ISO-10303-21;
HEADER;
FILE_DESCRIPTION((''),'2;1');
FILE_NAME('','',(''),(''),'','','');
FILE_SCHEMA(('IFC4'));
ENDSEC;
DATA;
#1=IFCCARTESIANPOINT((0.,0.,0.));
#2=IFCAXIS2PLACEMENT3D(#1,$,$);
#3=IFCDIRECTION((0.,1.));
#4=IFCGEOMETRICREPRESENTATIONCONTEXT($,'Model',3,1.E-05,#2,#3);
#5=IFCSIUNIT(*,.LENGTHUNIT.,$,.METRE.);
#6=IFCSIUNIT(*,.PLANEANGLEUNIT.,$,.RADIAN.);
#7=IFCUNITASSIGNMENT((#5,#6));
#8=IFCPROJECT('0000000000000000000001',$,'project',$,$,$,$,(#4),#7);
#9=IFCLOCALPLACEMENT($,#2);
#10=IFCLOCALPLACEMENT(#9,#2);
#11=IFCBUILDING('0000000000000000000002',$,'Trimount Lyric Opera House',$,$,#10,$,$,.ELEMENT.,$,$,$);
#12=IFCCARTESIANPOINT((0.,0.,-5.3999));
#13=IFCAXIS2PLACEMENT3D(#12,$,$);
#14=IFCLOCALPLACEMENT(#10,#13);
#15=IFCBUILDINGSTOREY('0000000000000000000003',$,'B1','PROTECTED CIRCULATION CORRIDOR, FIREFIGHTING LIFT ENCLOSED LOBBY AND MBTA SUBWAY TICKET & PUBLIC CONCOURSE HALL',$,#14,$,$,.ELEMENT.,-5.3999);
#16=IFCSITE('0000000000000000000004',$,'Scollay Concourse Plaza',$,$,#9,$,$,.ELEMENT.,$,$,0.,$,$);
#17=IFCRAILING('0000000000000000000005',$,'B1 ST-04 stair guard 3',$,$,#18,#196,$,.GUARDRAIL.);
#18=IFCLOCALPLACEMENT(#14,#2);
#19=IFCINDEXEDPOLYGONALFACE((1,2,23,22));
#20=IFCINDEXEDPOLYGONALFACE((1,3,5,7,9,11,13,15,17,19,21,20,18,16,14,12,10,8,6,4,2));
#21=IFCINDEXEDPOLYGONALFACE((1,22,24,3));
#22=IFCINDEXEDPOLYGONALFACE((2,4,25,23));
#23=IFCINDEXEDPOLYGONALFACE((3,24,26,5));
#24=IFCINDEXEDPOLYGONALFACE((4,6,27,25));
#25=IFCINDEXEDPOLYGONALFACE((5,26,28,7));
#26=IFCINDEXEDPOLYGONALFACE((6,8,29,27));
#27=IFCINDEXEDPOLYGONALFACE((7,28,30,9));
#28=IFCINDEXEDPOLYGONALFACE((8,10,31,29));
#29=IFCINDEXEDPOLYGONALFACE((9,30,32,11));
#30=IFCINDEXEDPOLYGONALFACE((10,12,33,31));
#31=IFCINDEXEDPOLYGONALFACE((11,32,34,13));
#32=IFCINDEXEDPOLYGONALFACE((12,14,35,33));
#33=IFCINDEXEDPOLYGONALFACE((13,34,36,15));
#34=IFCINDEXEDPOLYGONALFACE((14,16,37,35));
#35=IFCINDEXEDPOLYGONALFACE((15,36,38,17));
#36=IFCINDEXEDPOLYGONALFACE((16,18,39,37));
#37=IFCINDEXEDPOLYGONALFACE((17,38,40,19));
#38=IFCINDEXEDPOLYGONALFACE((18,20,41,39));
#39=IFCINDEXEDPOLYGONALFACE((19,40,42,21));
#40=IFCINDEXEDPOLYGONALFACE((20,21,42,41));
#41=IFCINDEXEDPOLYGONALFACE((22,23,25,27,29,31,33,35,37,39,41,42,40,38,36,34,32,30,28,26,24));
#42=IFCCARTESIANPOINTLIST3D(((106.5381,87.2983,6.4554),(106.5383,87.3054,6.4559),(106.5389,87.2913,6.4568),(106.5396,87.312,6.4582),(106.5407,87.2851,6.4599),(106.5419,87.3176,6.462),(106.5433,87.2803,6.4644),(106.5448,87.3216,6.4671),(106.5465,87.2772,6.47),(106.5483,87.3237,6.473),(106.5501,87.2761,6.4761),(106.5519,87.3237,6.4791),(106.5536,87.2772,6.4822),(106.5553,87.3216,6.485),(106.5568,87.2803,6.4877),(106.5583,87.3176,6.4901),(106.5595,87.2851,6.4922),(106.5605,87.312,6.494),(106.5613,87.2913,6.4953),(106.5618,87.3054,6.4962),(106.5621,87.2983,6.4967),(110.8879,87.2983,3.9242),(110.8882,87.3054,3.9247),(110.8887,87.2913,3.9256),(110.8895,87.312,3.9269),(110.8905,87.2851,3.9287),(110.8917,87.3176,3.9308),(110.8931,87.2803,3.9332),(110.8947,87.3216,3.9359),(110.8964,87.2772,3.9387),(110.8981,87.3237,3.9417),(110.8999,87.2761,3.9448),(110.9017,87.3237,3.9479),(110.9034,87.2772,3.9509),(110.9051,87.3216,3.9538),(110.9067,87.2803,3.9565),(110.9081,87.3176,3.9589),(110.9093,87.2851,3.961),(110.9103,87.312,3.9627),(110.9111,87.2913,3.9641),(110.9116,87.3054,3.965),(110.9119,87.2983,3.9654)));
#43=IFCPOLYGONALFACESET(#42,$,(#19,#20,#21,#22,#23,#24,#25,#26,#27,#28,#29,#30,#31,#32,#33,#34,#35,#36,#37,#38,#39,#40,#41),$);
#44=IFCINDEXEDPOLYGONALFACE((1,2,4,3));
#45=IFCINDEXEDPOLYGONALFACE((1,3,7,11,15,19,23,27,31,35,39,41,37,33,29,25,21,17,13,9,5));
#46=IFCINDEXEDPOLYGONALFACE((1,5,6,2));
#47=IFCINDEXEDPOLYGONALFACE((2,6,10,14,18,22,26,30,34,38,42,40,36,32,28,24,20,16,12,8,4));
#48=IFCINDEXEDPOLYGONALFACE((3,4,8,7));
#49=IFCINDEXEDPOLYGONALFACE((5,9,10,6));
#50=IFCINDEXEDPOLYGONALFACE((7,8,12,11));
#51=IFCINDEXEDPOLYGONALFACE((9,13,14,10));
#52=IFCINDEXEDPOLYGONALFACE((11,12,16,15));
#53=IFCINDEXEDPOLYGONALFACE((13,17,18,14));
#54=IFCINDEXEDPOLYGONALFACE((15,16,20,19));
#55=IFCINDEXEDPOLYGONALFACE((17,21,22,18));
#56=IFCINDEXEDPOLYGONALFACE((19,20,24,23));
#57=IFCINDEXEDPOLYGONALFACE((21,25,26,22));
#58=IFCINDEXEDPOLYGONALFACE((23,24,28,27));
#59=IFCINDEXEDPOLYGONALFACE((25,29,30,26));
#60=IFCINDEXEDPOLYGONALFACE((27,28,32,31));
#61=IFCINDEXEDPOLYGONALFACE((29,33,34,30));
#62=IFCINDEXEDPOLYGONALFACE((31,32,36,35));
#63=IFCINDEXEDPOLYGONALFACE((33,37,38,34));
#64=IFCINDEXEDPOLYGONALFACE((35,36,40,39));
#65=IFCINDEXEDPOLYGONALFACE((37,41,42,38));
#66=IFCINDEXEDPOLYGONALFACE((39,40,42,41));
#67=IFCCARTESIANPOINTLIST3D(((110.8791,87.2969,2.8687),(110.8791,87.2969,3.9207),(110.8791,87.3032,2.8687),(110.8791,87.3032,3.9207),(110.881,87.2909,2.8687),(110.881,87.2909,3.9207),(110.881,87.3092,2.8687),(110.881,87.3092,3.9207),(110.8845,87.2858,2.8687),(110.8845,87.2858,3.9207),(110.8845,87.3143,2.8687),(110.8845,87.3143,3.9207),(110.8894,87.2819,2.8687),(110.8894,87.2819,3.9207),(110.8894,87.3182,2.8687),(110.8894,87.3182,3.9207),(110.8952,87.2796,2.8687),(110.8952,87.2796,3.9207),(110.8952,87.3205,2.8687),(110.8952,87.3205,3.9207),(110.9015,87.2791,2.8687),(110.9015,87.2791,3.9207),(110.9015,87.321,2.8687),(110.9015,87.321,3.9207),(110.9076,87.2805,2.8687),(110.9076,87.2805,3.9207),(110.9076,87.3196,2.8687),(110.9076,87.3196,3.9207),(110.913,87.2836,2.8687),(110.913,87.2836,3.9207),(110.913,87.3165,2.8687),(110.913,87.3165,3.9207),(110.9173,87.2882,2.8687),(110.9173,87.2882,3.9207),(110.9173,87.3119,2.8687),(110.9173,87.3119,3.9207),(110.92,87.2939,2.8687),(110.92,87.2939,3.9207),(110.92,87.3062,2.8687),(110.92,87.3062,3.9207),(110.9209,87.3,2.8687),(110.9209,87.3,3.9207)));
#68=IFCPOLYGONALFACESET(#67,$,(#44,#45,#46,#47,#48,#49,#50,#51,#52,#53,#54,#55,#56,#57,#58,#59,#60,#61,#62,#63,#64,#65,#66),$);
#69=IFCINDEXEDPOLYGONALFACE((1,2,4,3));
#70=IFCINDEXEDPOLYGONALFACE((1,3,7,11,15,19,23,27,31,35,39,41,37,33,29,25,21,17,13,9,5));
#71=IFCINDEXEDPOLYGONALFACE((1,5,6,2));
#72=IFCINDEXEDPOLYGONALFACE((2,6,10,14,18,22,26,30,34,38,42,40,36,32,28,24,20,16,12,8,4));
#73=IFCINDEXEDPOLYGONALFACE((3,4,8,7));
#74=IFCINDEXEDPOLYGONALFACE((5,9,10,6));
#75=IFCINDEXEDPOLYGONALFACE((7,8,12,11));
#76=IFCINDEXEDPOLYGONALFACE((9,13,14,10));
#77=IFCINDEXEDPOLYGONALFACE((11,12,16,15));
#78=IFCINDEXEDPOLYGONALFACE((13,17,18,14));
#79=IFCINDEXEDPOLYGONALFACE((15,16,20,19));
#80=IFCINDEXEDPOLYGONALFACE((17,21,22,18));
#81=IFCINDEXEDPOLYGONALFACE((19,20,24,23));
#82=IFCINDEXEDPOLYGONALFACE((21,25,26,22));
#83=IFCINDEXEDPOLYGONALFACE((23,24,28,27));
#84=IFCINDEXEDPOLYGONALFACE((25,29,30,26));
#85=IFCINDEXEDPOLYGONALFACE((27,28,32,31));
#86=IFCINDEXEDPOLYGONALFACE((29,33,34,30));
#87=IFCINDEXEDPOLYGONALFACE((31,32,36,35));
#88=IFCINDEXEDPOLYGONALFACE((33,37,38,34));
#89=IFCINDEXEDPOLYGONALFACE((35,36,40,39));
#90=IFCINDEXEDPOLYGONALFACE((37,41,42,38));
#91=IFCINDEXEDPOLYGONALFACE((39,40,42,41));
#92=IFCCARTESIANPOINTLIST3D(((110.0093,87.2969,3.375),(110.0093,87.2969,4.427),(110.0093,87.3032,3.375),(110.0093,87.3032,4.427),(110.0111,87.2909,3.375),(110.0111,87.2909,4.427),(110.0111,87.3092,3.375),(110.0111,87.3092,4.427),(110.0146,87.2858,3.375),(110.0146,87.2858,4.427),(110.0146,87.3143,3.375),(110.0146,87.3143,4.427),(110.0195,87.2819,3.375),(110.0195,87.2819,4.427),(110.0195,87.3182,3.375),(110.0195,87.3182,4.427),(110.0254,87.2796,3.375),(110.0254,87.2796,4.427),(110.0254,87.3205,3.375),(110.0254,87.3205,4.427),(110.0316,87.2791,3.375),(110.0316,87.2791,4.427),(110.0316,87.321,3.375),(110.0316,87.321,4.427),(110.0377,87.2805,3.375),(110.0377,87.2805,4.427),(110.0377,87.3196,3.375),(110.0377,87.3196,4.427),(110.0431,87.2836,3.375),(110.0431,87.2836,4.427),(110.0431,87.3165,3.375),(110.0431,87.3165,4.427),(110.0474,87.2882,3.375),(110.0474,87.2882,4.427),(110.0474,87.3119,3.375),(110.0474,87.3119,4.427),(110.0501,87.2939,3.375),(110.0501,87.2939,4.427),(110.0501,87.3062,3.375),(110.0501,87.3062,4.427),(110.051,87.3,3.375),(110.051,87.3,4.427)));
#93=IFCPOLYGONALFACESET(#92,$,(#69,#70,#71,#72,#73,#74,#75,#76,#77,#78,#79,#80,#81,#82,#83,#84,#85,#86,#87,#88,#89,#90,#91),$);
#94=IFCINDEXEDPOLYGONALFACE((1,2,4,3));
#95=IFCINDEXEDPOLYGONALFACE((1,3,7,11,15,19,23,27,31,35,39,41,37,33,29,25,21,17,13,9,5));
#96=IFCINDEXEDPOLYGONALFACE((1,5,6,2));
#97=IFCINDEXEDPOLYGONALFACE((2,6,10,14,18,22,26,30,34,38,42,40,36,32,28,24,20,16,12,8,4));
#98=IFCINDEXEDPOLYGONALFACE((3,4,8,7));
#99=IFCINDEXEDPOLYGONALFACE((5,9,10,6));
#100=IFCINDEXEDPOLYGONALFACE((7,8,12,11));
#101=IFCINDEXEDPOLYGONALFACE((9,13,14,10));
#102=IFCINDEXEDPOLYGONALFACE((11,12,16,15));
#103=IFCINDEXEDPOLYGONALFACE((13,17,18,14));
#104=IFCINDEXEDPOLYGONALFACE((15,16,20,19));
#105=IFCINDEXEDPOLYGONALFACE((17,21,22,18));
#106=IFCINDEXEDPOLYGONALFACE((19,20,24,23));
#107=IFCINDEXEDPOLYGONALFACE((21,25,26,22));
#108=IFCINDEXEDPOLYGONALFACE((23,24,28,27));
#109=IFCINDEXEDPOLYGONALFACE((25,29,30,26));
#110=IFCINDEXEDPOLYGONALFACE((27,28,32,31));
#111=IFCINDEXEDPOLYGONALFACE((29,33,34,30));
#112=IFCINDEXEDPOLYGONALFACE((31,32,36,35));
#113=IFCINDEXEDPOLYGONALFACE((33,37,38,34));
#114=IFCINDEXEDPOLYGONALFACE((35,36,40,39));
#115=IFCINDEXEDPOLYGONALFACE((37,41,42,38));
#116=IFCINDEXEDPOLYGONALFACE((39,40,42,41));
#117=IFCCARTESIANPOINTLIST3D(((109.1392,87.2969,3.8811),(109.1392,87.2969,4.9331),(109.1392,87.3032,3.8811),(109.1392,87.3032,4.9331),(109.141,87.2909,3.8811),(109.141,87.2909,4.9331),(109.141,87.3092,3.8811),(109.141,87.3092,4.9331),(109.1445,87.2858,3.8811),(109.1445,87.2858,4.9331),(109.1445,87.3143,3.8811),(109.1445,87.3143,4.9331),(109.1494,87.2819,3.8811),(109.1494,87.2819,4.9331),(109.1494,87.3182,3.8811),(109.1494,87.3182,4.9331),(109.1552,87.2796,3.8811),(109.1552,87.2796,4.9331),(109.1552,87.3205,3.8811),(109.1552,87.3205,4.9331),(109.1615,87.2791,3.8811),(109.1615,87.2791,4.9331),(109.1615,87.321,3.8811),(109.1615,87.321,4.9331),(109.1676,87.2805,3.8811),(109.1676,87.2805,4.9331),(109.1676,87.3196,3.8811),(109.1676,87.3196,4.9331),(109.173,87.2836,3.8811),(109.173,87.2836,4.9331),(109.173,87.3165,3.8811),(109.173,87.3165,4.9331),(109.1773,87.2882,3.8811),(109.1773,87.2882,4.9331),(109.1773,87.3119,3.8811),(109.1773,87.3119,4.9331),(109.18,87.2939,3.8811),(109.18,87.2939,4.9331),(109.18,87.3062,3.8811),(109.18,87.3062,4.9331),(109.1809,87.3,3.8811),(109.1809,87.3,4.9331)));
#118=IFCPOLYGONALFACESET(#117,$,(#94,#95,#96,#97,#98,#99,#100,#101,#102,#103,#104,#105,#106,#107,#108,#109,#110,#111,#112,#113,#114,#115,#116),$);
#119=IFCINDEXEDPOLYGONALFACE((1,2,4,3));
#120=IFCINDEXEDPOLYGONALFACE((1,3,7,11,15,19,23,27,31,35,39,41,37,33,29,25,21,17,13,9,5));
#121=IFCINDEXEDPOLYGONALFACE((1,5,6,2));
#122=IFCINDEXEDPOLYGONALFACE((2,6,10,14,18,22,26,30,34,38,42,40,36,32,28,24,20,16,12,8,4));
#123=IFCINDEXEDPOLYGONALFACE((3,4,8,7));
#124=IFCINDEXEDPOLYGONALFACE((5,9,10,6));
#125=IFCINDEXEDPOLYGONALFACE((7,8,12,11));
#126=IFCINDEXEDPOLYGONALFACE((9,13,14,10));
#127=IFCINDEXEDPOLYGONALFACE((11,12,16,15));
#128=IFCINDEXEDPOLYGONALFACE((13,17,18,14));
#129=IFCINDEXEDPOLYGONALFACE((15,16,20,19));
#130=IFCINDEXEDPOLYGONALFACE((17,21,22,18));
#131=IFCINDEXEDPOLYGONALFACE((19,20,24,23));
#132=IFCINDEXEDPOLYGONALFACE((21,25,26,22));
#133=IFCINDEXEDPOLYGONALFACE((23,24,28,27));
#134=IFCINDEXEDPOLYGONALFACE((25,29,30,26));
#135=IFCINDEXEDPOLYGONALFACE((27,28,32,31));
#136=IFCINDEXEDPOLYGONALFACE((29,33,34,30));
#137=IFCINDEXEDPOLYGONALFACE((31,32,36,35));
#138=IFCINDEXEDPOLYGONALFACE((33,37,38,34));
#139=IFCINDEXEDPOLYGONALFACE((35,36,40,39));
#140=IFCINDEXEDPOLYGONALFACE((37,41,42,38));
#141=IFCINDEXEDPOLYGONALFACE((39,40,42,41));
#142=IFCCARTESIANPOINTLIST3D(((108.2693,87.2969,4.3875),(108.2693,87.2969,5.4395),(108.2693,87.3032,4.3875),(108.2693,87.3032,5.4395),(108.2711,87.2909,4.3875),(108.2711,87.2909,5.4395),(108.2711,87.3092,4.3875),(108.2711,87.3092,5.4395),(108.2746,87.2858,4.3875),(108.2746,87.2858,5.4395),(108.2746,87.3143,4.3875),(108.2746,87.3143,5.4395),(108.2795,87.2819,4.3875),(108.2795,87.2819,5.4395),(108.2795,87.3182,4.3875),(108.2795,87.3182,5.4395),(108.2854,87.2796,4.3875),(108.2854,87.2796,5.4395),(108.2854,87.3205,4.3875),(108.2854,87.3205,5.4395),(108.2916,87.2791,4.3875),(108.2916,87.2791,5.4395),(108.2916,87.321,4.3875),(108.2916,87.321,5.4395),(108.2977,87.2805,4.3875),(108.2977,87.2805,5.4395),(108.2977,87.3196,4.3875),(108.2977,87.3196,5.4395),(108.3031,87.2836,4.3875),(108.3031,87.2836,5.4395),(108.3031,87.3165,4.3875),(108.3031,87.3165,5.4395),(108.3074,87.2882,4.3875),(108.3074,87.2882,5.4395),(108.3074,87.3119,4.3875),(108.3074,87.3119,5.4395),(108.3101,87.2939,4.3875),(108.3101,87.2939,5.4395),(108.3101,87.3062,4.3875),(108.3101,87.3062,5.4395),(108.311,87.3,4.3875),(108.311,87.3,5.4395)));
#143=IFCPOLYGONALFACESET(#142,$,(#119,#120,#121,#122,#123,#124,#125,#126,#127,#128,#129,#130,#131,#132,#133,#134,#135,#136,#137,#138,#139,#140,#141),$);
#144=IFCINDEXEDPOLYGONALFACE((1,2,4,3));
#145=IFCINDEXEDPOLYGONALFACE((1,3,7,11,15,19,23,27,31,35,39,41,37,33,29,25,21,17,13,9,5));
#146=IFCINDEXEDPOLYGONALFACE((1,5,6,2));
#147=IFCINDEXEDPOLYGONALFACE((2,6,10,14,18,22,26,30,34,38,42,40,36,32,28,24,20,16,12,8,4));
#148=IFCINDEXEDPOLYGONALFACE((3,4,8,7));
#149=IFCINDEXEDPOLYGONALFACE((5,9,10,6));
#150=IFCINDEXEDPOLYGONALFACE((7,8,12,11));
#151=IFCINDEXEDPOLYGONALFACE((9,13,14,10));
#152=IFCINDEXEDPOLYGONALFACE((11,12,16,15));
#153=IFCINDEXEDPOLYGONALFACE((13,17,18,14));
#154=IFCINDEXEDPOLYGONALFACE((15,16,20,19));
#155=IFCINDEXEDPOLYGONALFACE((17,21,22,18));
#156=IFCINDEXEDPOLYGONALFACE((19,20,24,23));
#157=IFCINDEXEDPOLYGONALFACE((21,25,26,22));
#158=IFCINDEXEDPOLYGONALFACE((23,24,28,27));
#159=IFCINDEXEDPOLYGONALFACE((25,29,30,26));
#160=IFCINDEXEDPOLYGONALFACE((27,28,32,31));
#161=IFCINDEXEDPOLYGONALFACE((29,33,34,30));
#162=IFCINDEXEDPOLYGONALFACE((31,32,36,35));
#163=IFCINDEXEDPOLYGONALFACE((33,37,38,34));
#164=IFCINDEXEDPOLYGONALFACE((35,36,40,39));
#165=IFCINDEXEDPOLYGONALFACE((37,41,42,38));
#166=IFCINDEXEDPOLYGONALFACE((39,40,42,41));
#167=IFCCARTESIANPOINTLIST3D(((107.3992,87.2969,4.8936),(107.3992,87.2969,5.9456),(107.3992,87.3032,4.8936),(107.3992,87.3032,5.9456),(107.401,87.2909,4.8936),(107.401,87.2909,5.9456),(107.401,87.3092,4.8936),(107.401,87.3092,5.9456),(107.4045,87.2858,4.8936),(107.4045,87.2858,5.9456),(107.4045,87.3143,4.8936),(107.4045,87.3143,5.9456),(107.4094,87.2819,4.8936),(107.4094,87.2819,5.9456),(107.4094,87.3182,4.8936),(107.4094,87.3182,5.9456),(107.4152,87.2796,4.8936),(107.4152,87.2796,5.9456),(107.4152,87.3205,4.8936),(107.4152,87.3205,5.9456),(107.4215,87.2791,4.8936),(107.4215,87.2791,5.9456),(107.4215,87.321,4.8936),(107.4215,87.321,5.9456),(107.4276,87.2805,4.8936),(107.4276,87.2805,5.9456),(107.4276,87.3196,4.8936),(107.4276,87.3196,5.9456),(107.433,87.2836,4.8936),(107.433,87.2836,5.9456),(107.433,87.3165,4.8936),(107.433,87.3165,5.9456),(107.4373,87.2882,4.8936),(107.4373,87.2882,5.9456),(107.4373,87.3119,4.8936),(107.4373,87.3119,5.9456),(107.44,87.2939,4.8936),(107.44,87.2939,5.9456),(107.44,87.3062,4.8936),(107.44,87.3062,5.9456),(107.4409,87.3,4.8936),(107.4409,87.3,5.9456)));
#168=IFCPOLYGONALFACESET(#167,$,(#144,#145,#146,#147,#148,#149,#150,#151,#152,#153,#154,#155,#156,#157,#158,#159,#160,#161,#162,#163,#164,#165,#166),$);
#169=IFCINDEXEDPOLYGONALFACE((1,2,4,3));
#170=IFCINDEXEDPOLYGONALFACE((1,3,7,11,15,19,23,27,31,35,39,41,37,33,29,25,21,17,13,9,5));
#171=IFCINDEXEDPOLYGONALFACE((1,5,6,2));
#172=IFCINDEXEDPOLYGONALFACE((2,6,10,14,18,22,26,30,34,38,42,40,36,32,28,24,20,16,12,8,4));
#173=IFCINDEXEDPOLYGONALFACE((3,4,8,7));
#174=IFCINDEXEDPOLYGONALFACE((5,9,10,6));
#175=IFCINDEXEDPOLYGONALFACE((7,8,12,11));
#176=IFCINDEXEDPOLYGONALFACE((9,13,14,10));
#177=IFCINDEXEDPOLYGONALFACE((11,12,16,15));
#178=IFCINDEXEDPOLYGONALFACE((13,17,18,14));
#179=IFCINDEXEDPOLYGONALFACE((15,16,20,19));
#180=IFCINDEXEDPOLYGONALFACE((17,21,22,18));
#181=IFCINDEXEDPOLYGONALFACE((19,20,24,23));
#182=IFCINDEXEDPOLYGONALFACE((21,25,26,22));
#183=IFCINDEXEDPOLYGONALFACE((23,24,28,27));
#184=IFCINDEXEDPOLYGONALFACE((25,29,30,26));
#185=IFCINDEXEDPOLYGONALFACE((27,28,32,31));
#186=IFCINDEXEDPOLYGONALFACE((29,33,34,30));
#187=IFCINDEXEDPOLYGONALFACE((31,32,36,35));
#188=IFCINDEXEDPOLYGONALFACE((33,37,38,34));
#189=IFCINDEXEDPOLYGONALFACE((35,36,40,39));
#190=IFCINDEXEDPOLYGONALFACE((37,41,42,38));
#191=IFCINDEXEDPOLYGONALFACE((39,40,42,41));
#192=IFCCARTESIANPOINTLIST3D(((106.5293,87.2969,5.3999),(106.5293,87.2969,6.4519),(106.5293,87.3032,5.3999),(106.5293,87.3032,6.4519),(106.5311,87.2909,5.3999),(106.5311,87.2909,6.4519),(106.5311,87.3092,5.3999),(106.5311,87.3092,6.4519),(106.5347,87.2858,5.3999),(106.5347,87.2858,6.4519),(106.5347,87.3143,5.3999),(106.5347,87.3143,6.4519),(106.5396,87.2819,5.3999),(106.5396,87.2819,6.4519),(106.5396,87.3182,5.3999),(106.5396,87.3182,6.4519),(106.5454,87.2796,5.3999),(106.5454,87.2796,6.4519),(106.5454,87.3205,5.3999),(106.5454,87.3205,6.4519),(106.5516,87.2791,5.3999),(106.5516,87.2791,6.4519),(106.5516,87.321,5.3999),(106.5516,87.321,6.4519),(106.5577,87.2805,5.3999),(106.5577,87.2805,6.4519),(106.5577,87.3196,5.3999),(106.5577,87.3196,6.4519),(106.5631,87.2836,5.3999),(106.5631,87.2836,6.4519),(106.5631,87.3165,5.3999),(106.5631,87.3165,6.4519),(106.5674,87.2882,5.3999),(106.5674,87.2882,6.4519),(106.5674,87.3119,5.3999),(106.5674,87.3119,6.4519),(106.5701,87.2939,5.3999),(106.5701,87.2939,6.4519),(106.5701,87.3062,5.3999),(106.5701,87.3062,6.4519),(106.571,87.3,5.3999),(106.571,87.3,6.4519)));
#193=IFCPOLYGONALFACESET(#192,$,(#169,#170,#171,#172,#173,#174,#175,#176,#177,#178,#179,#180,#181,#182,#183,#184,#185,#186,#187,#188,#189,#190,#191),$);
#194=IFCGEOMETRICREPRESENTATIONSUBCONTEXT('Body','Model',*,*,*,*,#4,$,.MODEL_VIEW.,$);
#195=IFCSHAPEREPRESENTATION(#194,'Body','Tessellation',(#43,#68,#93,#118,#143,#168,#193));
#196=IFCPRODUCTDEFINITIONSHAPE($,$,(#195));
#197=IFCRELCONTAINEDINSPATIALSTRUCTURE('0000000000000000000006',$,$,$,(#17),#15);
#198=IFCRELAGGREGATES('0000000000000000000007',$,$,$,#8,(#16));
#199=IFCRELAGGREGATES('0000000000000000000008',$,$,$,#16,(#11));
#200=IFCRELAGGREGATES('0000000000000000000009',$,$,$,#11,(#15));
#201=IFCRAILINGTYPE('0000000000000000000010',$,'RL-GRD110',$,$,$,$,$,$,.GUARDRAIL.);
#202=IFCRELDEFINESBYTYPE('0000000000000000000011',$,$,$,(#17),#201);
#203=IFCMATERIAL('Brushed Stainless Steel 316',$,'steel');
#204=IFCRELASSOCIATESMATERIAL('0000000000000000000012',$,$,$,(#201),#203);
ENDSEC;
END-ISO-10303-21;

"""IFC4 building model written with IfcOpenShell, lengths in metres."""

from ifc_helpers import new_model, si_unit, direction, frame, origin, origin_2d, place, context, subcontext, project, spatial, circle, extrude, material, type_object, element, save


model = new_model("IFC4")

# Units and contexts
model_context = context("Model", 3, precision=1e-05, world=origin(), true_north=direction((0.0, 1.0)))
body_context = subcontext(model_context, "Body", "Model", "MODEL_VIEW")
ifc_project = project(units=[si_unit("LENGTHUNIT", "METRE"), si_unit("PLANEANGLEUNIT", "RADIAN")], contexts=[model_context])

# Site, building, storey
site_placement = place(None, origin())
site = spatial("IfcSite", under=ifc_project, at=site_placement, Name="Scollay Concourse Plaza", CompositionType="ELEMENT", RefElevation=0.0)
building_placement = place(site_placement, origin())
building = spatial("IfcBuilding", under=site, at=building_placement, Name="Trimount Lyric Opera House", CompositionType="ELEMENT")
storey_placement = place(building_placement, frame((0.0, 0.0, -5.3999)))
storey = spatial("IfcBuildingStorey", under=building, at=storey_placement, Name="B1", Description="PROTECTED CIRCULATION CORRIDOR, FIREFIGHTING LIFT ENCLOSED LOBBY AND MBTA SUBWAY TICKET & PUBLIC CONCOURSE HALL", CompositionType="ELEMENT", Elevation=-5.3999)

# Railing
ifc_material_1 = material(Name="Brushed Stainless Steel 316", Category="steel")
railing_type_1 = type_object("IfcRailingType", Name="RL-GRD110", PredefinedType="GUARDRAIL", material=ifc_material_1)
railing_1_placement = place(storey_placement, frame((110.8999, 87.3, 2.8687)))
element("IfcRailing", 1, at=railing_1_placement, inside=storey, type_object=railing_type_1, Name="B1 ST-04 stair guard 3", PredefinedType="GUARDRAIL", context=body_context, shape_type="SweptSolid", body=[
    extrude(circle(Radius=0.0239, at=origin_2d()), frame((0.0, 0.0, 1.0762), z_axis=(-0.864312, 0.0, 0.502957), x_axis=(0.0, -1.0, 0.0)), (0.0, 0.0, 1.0), 5.0327),
    extrude(circle(Radius=0.021, at=origin_2d()), origin(), (0.0, 0.0, 1.0), 1.052),
    extrude(circle(Radius=0.021, at=origin_2d()), frame((-0.8699, 0.0, 0.5063)), (0.0, 0.0, 1.0), 1.052),
    extrude(circle(Radius=0.021, at=origin_2d()), frame((-1.74, 0.0, 1.0125)), (0.0, 0.0, 1.0), 1.052),
    extrude(circle(Radius=0.021, at=origin_2d()), frame((-2.6099, 0.0, 1.5188)), (0.0, 0.0, 1.0), 1.052),
    extrude(circle(Radius=0.021, at=origin_2d()), frame((-3.48, 0.0, 2.0249)), (0.0, 0.0, 1.0), 1.052),
    extrude(circle(Radius=0.021, at=origin_2d()), frame((-4.3499, 0.0, 2.5312)), (0.0, 0.0, 1.0), 1.052),
])

save(model, "model.ifc")
